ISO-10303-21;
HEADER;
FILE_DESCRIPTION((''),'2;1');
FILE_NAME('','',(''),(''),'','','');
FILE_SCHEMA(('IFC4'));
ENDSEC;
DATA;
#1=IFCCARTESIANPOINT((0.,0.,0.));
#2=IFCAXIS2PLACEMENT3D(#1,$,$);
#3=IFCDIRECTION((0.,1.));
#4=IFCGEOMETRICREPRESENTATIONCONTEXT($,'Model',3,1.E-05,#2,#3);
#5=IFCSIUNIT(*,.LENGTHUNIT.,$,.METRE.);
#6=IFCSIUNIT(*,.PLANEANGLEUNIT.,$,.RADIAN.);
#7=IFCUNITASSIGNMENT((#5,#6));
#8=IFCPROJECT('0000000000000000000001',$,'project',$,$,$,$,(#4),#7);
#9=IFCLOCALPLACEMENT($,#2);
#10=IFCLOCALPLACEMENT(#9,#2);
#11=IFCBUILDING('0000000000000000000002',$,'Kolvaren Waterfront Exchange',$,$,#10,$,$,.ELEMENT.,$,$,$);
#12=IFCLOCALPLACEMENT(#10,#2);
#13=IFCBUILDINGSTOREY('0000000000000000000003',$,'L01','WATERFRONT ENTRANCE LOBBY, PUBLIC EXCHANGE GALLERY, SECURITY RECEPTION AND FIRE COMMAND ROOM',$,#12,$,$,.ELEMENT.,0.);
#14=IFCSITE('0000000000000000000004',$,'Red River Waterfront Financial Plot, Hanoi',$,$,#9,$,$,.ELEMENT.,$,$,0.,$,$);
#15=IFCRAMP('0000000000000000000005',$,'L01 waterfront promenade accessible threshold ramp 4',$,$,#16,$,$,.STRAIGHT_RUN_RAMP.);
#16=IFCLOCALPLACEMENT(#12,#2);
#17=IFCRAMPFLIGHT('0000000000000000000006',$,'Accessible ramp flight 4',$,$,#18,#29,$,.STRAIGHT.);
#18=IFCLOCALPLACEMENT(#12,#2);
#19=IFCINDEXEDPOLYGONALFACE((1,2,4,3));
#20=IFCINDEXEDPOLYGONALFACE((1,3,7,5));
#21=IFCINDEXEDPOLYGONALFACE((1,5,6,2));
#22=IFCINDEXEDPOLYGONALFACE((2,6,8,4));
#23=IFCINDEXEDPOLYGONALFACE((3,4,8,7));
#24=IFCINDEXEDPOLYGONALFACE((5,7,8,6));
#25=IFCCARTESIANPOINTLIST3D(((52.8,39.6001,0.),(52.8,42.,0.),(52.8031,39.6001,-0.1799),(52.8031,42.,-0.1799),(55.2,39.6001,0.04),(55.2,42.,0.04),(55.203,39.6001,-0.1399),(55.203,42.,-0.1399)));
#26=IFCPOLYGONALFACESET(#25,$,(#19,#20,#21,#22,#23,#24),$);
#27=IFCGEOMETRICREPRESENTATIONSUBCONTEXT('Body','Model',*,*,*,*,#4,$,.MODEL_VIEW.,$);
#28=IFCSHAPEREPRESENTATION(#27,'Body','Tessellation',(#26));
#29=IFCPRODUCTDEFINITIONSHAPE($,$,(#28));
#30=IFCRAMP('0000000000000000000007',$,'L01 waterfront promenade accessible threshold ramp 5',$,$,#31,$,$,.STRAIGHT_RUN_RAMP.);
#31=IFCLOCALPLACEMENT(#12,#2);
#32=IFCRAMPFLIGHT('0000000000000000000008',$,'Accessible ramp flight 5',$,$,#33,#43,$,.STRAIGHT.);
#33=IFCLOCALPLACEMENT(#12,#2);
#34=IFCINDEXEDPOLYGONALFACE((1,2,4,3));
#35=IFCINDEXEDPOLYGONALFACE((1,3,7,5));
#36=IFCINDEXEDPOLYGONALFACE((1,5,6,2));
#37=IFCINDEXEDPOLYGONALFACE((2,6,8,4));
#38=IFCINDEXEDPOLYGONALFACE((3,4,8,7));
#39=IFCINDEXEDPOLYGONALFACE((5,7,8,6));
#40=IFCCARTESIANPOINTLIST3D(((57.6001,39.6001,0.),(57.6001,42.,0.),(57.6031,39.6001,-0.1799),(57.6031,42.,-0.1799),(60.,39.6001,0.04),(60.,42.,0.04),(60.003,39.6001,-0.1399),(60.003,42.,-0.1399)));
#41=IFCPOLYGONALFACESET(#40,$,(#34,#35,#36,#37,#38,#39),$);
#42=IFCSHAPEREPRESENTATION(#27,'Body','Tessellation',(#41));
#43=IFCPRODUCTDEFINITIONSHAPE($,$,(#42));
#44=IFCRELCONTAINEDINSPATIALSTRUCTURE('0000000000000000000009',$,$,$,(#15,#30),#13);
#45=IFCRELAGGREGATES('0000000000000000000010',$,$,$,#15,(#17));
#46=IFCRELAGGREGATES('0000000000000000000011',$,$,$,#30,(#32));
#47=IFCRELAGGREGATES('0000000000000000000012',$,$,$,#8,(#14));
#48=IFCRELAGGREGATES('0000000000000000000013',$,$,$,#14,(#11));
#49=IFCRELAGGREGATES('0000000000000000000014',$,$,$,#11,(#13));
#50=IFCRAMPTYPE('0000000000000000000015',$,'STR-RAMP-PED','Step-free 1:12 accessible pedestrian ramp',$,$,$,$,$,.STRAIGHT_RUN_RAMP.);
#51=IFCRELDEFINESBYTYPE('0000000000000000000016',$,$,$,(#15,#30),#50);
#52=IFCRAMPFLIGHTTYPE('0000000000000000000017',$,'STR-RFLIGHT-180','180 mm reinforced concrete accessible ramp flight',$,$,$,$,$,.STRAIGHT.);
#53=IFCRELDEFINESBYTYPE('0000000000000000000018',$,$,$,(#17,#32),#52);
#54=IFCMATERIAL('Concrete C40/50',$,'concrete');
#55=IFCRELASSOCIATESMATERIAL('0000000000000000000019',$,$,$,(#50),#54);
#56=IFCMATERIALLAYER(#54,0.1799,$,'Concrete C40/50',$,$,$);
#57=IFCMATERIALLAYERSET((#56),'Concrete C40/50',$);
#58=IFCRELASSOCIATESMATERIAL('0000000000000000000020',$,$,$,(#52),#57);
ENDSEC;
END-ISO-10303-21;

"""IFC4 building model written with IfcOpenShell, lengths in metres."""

from ifc_helpers import new_model, si_unit, direction, frame, origin, place, context, subcontext, project, spatial, polyline, outline, extrude, material, layer, layer_set, type_object, element, aggregate, save


model = new_model("IFC4")

# Units and contexts
model_context = context("Model", 3, precision=1e-05, world=origin(), true_north=direction((0.0, 1.0)))
body_context = subcontext(model_context, "Body", "Model", "MODEL_VIEW")
ifc_project = project(units=[si_unit("LENGTHUNIT", "METRE"), si_unit("PLANEANGLEUNIT", "RADIAN")], contexts=[model_context])

# Site, building, storey
site_placement = place(None, origin())
site = spatial("IfcSite", under=ifc_project, at=site_placement, Name="Red River Waterfront Financial Plot, Hanoi", CompositionType="ELEMENT", RefElevation=0.0)
building_placement = place(site_placement, origin())
building = spatial("IfcBuilding", under=site, at=building_placement, Name="Kolvaren Waterfront Exchange", CompositionType="ELEMENT")
storey_placement = place(building_placement, origin())
storey = spatial("IfcBuildingStorey", under=building, at=storey_placement, Name="L01", Description="WATERFRONT ENTRANCE LOBBY, PUBLIC EXCHANGE GALLERY, SECURITY RECEPTION AND FIRE COMMAND ROOM", CompositionType="ELEMENT", Elevation=0.0)

# Ramps, ramp flights
ifc_material_1 = material(Name="Concrete C40/50", Category="concrete")
ramp_type = type_object("IfcRampType", Name="STR-RAMP-PED", Description="Step-free 1:12 accessible pedestrian ramp", PredefinedType="STRAIGHT_RUN_RAMP", material=ifc_material_1)
ifc_layer_1 = layer(ifc_material_1, 0.1799, Name="Concrete C40/50")
ifc_layer_set_1 = layer_set([ifc_layer_1], Name="Concrete C40/50")
ramp_flight_type = type_object("IfcRampFlightType", Name="STR-RFLIGHT-180", Description="180 mm reinforced concrete accessible ramp flight", PredefinedType="STRAIGHT", material=ifc_layer_set_1)
ramp_1_placement = place(storey_placement, origin())
ramp_1 = element("IfcRamp", 1, at=ramp_1_placement, inside=storey, type_object=ramp_type, Name="L01 waterfront promenade accessible threshold ramp 4", PredefinedType="STRAIGHT_RUN_RAMP")
ramp_flight_1_placement = place(storey_placement, frame((52.8, 39.6001, 0.0), z_axis=(-0.016681, 0.0, 0.999861), x_axis=(0.999861, 0.0, 0.016681)))
ramp_flight_1 = element("IfcRampFlight", 2, at=ramp_flight_1_placement, type_object=ramp_flight_type, Name="Accessible ramp flight 4", PredefinedType="STRAIGHT", context=body_context, shape_type="SweptSolid", body=[
    extrude(outline(polyline([(0.0, 0.0), (2.4002, 0.0), (2.4002, 2.3999), (0.0, 2.3999), (0.0, 0.0)])), origin(), (0.0, 0.0, -1.0), 0.1799),
])
aggregate(ramp_1, [ramp_flight_1])
ramp_2_placement = place(storey_placement, origin())
ramp_2 = element("IfcRamp", 3, at=ramp_2_placement, inside=storey, type_object=ramp_type, Name="L01 waterfront promenade accessible threshold ramp 5", PredefinedType="STRAIGHT_RUN_RAMP")
ramp_flight_2_placement = place(storey_placement, frame((57.6001, 39.6001, 0.0), z_axis=(-0.016681, 0.0, 0.999861), x_axis=(0.999861, 0.0, 0.016681)))
ramp_flight_2 = element("IfcRampFlight", 4, at=ramp_flight_2_placement, type_object=ramp_flight_type, Name="Accessible ramp flight 5", PredefinedType="STRAIGHT", context=body_context, shape_type="SweptSolid", body=[
    extrude(outline(polyline([(0.0, 0.0), (2.4002, 0.0), (2.4002, 2.3999), (0.0, 2.3999), (0.0, 0.0)])), origin(), (0.0, 0.0, -1.0), 0.1799),
])
aggregate(ramp_2, [ramp_flight_2])

save(model, "model.ifc")
